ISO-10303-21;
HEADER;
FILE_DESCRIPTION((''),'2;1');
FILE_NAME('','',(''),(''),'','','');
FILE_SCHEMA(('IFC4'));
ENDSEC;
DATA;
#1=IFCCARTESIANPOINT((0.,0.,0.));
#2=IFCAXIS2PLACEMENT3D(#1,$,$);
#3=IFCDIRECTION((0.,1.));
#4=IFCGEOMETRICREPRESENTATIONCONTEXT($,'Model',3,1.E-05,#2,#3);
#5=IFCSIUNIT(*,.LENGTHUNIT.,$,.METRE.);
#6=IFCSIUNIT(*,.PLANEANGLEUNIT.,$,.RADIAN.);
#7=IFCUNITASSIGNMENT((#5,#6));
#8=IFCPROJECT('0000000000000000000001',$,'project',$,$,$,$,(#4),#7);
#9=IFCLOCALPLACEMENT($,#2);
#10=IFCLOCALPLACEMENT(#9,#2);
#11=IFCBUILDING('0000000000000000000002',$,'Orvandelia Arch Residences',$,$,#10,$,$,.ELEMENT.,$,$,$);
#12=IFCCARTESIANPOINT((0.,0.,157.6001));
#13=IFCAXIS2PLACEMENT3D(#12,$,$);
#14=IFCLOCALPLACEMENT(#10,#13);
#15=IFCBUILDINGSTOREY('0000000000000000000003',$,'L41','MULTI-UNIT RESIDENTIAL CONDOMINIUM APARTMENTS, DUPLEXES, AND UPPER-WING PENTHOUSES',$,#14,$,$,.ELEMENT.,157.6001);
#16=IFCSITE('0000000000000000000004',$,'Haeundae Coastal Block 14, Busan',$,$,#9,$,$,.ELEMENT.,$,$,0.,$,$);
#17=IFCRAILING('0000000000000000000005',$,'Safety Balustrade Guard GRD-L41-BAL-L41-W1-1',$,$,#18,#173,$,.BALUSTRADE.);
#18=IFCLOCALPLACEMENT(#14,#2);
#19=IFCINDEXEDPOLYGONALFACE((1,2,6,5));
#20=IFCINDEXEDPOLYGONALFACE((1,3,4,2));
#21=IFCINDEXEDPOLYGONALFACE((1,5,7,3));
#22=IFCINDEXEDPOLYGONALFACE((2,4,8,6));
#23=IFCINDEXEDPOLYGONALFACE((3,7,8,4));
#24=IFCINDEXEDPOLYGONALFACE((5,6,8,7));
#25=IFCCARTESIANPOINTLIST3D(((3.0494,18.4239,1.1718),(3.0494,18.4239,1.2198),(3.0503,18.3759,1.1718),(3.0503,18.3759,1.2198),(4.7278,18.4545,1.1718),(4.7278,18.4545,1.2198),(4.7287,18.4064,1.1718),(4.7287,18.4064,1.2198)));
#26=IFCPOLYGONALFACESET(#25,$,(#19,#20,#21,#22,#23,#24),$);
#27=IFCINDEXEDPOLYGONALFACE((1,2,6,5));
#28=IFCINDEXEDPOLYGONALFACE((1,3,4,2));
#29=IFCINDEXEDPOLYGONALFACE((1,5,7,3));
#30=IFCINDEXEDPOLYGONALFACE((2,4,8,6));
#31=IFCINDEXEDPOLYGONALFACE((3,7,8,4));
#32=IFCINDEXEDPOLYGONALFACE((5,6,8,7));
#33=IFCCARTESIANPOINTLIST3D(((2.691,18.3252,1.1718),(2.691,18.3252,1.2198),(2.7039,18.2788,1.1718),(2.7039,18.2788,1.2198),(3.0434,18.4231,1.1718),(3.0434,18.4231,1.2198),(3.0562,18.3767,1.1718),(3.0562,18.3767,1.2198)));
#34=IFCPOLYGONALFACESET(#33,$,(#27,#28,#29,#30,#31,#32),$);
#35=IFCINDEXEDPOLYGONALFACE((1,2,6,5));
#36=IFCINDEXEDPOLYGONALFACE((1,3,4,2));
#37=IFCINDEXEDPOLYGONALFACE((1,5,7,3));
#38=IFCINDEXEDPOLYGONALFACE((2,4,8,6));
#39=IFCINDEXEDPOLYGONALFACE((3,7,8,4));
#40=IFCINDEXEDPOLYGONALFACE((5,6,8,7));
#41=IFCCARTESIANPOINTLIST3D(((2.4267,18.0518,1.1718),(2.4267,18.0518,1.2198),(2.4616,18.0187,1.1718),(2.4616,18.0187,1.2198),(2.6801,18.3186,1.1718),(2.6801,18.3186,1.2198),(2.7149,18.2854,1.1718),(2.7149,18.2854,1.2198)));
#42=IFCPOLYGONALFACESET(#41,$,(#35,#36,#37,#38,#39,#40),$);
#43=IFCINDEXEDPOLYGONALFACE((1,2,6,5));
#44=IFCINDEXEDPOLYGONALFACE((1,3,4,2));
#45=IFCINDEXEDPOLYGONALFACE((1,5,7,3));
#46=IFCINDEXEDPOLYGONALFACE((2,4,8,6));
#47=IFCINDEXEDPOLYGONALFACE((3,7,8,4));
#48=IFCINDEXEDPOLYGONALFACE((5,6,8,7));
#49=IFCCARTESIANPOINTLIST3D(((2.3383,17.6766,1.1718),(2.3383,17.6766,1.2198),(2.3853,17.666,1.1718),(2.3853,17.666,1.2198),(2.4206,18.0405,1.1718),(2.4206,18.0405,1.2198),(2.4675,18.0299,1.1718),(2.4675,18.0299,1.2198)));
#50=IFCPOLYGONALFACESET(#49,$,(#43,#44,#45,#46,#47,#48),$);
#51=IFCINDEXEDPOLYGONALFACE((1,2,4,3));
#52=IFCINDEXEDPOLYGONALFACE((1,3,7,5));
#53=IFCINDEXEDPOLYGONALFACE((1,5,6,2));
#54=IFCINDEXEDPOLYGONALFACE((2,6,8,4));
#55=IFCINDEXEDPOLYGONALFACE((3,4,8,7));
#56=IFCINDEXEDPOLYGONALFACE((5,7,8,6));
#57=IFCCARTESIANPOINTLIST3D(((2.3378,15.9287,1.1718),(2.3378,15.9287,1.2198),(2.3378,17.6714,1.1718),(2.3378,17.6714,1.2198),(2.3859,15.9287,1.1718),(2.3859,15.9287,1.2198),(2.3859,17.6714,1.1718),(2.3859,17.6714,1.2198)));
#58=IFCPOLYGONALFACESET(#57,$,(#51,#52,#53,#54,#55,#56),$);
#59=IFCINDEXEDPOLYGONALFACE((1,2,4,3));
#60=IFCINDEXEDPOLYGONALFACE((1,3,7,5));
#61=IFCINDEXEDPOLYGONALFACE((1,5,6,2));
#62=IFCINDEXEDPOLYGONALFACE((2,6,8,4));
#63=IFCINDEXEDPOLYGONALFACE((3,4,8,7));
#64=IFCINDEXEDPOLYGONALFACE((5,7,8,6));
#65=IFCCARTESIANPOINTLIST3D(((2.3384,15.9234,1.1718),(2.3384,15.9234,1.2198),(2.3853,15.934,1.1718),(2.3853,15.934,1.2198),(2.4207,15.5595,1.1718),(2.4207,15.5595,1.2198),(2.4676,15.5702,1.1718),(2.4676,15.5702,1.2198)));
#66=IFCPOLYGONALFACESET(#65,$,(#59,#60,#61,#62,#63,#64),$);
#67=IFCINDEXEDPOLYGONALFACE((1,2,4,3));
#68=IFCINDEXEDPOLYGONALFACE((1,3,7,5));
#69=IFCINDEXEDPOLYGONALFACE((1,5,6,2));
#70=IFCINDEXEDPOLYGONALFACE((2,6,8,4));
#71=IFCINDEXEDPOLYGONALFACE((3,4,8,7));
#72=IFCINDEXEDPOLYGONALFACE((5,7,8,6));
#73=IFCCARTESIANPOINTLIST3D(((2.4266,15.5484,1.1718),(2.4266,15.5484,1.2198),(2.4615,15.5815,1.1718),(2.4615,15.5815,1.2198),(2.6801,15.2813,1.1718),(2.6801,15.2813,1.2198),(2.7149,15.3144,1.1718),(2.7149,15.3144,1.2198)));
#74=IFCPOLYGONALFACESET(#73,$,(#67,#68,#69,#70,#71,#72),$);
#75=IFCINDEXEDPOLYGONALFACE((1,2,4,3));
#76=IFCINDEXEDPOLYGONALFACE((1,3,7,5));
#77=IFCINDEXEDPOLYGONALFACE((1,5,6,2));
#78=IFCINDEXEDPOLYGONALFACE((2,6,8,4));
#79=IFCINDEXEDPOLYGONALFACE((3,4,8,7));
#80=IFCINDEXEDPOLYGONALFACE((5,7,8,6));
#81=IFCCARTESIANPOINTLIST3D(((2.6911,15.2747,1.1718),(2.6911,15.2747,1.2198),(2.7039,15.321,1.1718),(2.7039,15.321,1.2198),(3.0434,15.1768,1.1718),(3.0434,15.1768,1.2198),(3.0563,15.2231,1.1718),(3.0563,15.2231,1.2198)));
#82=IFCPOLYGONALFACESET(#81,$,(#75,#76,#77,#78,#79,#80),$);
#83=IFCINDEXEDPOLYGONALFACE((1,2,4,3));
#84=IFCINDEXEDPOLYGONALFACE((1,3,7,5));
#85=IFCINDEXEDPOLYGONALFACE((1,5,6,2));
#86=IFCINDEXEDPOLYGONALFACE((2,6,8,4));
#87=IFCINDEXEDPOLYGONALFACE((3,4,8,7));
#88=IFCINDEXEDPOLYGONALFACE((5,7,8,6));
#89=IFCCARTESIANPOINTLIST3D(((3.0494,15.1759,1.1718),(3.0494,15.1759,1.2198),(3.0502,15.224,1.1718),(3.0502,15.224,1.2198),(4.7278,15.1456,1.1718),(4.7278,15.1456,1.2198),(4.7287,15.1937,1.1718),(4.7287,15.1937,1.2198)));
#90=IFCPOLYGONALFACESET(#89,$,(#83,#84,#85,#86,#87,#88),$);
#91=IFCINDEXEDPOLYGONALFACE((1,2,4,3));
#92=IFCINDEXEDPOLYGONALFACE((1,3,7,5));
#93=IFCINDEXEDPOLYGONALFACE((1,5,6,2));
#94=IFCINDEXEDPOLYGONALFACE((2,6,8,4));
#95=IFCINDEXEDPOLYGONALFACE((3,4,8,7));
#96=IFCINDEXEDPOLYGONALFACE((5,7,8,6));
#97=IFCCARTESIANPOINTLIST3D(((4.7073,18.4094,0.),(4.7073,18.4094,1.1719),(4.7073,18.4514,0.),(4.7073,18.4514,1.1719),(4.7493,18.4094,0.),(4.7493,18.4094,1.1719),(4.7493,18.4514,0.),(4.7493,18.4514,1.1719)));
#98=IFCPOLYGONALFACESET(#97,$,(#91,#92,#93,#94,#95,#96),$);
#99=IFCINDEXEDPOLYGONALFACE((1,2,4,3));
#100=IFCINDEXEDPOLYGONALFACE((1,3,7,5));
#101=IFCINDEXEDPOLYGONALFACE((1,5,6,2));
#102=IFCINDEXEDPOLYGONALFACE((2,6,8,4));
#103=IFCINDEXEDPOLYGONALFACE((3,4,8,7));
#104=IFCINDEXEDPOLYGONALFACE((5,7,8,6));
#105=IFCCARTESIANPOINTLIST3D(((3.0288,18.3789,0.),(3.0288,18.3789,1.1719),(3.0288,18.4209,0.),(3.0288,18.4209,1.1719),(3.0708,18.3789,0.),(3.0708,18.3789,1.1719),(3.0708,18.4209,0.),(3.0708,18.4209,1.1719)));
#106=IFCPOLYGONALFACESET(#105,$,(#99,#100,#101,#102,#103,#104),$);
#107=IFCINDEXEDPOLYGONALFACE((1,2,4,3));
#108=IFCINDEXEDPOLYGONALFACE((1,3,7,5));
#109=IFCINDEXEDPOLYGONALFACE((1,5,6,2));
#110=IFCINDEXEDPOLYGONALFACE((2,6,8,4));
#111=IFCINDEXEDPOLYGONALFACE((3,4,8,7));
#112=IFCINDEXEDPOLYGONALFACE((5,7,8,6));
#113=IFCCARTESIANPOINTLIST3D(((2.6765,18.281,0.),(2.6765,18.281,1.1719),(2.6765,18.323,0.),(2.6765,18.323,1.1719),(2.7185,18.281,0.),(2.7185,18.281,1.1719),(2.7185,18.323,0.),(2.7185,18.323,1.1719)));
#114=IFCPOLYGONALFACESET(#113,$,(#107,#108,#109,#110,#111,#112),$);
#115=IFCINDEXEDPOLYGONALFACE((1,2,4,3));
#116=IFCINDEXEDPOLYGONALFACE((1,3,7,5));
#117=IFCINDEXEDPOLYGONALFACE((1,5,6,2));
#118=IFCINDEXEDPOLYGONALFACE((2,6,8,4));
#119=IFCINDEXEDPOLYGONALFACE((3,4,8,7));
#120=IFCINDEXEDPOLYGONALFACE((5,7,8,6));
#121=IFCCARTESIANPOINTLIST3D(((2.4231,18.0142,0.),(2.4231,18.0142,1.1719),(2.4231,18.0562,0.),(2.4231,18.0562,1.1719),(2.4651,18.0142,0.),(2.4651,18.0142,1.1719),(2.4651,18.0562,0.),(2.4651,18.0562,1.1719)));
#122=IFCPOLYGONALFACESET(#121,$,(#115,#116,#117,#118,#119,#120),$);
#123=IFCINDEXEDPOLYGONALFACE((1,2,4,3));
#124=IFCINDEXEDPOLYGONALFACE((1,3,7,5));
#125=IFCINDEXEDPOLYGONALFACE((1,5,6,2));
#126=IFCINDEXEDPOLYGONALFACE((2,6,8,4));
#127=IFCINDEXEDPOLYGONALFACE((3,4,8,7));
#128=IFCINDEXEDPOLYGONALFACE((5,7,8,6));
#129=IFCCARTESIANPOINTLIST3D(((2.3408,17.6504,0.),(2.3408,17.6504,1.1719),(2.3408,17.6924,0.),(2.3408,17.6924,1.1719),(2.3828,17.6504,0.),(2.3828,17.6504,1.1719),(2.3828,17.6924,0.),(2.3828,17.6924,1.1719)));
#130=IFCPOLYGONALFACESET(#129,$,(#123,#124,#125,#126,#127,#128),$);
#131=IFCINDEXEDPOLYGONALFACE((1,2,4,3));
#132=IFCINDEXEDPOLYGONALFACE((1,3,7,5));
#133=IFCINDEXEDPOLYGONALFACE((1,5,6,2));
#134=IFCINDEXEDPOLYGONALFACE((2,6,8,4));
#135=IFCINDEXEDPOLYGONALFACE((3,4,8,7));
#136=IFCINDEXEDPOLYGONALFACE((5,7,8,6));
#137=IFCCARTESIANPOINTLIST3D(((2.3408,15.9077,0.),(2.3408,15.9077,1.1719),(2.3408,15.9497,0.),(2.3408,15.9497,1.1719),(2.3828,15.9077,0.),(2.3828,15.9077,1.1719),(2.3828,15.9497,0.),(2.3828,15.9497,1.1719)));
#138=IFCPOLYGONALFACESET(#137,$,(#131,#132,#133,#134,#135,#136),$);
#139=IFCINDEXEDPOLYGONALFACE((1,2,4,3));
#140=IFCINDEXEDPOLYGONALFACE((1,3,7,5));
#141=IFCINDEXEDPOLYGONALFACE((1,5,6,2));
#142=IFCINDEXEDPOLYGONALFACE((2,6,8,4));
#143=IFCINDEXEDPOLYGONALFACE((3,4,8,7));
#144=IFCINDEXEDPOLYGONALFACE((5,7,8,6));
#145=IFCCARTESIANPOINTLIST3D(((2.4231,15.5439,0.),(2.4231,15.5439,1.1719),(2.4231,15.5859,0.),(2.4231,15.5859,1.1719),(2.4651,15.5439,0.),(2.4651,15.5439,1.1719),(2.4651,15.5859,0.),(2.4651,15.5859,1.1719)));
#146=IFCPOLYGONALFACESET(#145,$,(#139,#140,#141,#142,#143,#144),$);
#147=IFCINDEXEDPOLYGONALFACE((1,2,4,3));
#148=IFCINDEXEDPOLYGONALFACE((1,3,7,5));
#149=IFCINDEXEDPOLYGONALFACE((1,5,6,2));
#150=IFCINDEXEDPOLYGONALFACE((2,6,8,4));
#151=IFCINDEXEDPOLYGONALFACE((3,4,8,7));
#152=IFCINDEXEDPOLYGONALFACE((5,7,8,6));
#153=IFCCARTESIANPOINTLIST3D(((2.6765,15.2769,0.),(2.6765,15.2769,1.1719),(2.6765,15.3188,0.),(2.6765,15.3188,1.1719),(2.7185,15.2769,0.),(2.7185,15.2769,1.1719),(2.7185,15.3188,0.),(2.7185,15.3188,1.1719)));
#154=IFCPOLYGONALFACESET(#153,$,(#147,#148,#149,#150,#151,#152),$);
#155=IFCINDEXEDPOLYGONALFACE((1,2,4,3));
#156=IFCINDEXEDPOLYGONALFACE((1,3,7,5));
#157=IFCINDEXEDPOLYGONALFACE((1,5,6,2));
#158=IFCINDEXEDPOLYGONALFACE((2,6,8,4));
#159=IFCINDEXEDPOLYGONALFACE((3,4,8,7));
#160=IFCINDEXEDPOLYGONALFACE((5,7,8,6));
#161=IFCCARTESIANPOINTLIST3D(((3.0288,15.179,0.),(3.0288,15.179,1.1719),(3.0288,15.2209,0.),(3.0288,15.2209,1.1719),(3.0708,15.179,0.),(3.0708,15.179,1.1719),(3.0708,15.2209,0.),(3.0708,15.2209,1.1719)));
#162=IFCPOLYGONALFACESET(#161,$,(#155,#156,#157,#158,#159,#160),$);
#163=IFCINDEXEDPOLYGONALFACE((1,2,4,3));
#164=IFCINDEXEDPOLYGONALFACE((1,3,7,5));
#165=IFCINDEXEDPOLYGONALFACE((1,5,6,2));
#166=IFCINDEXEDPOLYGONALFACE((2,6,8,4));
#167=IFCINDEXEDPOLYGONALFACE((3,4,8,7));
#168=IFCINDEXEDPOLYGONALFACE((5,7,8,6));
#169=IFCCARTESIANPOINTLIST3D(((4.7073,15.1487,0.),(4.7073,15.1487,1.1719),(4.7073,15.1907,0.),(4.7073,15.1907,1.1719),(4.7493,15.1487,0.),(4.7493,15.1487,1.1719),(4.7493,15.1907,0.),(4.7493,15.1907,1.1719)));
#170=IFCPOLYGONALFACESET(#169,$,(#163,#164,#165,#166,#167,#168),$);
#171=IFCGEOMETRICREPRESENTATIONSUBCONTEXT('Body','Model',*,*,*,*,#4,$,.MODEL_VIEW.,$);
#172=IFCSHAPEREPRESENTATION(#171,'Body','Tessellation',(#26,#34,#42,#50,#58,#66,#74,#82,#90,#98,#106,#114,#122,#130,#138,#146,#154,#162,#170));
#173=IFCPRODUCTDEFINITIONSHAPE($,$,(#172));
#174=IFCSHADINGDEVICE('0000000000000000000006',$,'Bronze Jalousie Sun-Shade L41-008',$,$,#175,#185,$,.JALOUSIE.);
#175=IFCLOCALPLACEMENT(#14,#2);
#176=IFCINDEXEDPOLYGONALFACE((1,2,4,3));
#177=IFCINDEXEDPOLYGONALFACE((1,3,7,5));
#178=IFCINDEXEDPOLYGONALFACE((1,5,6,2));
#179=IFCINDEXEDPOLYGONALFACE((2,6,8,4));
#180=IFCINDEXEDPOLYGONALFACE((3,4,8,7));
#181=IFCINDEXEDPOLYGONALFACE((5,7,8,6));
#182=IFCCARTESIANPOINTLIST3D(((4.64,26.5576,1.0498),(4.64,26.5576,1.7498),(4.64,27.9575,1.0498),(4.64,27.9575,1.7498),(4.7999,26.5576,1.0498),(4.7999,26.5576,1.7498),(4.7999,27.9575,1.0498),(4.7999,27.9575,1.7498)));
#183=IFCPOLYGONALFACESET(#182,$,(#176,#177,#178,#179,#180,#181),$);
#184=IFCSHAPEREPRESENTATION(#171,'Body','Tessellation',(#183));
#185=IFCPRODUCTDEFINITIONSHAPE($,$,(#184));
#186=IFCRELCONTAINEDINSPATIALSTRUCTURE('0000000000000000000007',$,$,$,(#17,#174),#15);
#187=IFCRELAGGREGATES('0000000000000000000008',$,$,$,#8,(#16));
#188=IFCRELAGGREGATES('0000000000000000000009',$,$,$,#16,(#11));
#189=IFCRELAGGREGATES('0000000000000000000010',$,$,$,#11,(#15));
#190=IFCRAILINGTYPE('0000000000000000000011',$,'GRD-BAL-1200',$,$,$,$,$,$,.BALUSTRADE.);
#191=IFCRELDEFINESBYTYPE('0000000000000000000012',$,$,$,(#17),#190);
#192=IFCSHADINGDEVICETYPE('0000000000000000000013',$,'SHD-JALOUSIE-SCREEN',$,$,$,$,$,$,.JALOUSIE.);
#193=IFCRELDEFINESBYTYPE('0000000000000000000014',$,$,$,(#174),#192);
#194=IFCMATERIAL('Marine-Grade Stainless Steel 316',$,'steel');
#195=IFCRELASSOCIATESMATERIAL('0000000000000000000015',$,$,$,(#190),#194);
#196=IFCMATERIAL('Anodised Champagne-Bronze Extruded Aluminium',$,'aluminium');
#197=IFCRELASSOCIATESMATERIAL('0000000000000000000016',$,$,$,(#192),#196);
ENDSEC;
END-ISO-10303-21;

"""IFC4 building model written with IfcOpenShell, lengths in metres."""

from ifc_helpers import new_model, si_unit, direction, frame, origin, origin_2d, place, context, subcontext, project, spatial, rectangle, extrude, material, type_object, element, save


model = new_model("IFC4")

# Units and contexts
model_context = context("Model", 3, precision=1e-05, world=origin(), true_north=direction((0.0, 1.0)))
body_context = subcontext(model_context, "Body", "Model", "MODEL_VIEW")
ifc_project = project(units=[si_unit("LENGTHUNIT", "METRE"), si_unit("PLANEANGLEUNIT", "RADIAN")], contexts=[model_context])

# Site, building, storey
site_placement = place(None, origin())
site = spatial("IfcSite", under=ifc_project, at=site_placement, Name="Haeundae Coastal Block 14, Busan", CompositionType="ELEMENT", RefElevation=0.0)
building_placement = place(site_placement, origin())
building = spatial("IfcBuilding", under=site, at=building_placement, Name="Orvandelia Arch Residences", CompositionType="ELEMENT")
storey_placement = place(building_placement, frame((0.0, 0.0, 157.6001)))
storey = spatial("IfcBuildingStorey", under=building, at=storey_placement, Name="L41", Description="MULTI-UNIT RESIDENTIAL CONDOMINIUM APARTMENTS, DUPLEXES, AND UPPER-WING PENTHOUSES", CompositionType="ELEMENT", Elevation=157.6001)

# Railing
ifc_material_1 = material(Name="Marine-Grade Stainless Steel 316", Category="steel")
railing_type = type_object("IfcRailingType", Name="GRD-BAL-1200", PredefinedType="BALUSTRADE", material=ifc_material_1)
railing_placement = place(storey_placement, frame((4.7283, 18.4304, 0.0)))
element("IfcRailing", 1, at=railing_placement, inside=storey, type_object=railing_type, Name="Safety Balustrade Guard GRD-L41-BAL-L41-W1-1", PredefinedType="BALUSTRADE", context=body_context, shape_type="SweptSolid", body=[
    extrude(rectangle(XDim=0.0481, YDim=0.0481, at=origin_2d()), frame((0.0, 0.0, 1.1958), z_axis=(-0.999835, -0.018179, 0.0), x_axis=(0.018179, -0.999835, 0.0)), (0.0, 0.0, 1.0), 1.6787),
    extrude(rectangle(XDim=0.0481, YDim=0.0481, at=origin_2d()), frame((-1.6785, -0.0305, 1.1958), z_axis=(-0.963489, -0.267747, 0.0), x_axis=(0.267747, -0.963489, 0.0)), (0.0, 0.0, 1.0), 0.3657),
    extrude(rectangle(XDim=0.0481, YDim=0.0481, at=origin_2d()), frame((-2.0308, -0.1284, 1.1958), z_axis=(-0.688627, -0.725115, 0.0), x_axis=(0.725115, -0.688627, 0.0)), (0.0, 0.0, 1.0), 0.3679),
    extrude(rectangle(XDim=0.0481, YDim=0.0481, at=origin_2d()), frame((-2.2842, -0.3953, 1.1958), z_axis=(-0.220602, -0.975364, 0.0), x_axis=(0.975364, -0.220602, 0.0)), (0.0, 0.0, 1.0), 0.373),
    extrude(rectangle(XDim=0.0481, YDim=0.0481, at=origin_2d()), frame((-2.3665, -0.759, 1.1958), z_axis=(0.0, -1.0, 0.0), x_axis=(1.0, 0.0, 0.0)), (0.0, 0.0, 1.0), 1.7427),
    extrude(rectangle(XDim=0.0481, YDim=0.0481, at=origin_2d()), frame((-2.3665, -2.5017, 1.1958), z_axis=(0.220602, -0.975364, 0.0), x_axis=(0.975364, 0.220602, 0.0)), (0.0, 0.0, 1.0), 0.373),
    extrude(rectangle(XDim=0.0481, YDim=0.0481, at=origin_2d()), frame((-2.2842, -2.8655, 1.1958), z_axis=(0.688296, -0.72543, 0.0), x_axis=(0.72543, 0.688296, 0.0)), (0.0, 0.0, 1.0), 0.3682),
    extrude(rectangle(XDim=0.0481, YDim=0.0481, at=origin_2d()), frame((-2.0308, -3.1326, 1.1958), z_axis=(0.963489, -0.267747, 0.0), x_axis=(0.267747, 0.963489, 0.0)), (0.0, 0.0, 1.0), 0.3657),
    extrude(rectangle(XDim=0.0481, YDim=0.0481, at=origin_2d()), frame((-1.6785, -3.2305, 1.1958), z_axis=(0.999837, -0.018033, 0.0), x_axis=(0.018033, 0.999837, 0.0)), (0.0, 0.0, 1.0), 1.6787),
    extrude(rectangle(XDim=0.042, YDim=0.042, at=origin_2d()), origin(), (0.0, 0.0, 1.0), 1.1719),
    extrude(rectangle(XDim=0.042, YDim=0.042, at=origin_2d()), frame((-1.6785, -0.0305, 0.0)), (0.0, 0.0, 1.0), 1.1719),
    extrude(rectangle(XDim=0.042, YDim=0.042, at=origin_2d()), frame((-2.0308, -0.1284, 0.0)), (0.0, 0.0, 1.0), 1.1719),
    extrude(rectangle(XDim=0.042, YDim=0.042, at=origin_2d()), frame((-2.2842, -0.3953, 0.0)), (0.0, 0.0, 1.0), 1.1719),
    extrude(rectangle(XDim=0.042, YDim=0.042, at=origin_2d()), frame((-2.3665, -0.759, 0.0)), (0.0, 0.0, 1.0), 1.1719),
    extrude(rectangle(XDim=0.042, YDim=0.042, at=origin_2d()), frame((-2.3665, -2.5017, 0.0)), (0.0, 0.0, 1.0), 1.1719),
    extrude(rectangle(XDim=0.042, YDim=0.042, at=origin_2d()), frame((-2.2842, -2.8655, 0.0)), (0.0, 0.0, 1.0), 1.1719),
    extrude(rectangle(XDim=0.042, YDim=0.042, at=origin_2d()), frame((-2.0308, -3.1326, 0.0)), (0.0, 0.0, 1.0), 1.1719),
    extrude(rectangle(XDim=0.042, YDim=0.042, at=origin_2d()), frame((-1.6785, -3.2305, 0.0)), (0.0, 0.0, 1.0), 1.1719),
    extrude(rectangle(XDim=0.042, YDim=0.042, at=origin_2d()), frame((0.0, -3.2607, 0.0)), (0.0, 0.0, 1.0), 1.1719),
])

# Shading device
ifc_material_2 = material(Name="Anodised Champagne-Bronze Extruded Aluminium", Category="aluminium")
shading_device_type = type_object("IfcShadingDeviceType", Name="SHD-JALOUSIE-SCREEN", PredefinedType="JALOUSIE", material=ifc_material_2)
shading_device_placement = place(storey_placement, frame((4.72, 27.2576, 1.0498), z_axis=(0.0, 0.0, 1.0), x_axis=(0.0, 1.0, 0.0)))
element("IfcShadingDevice", 2, at=shading_device_placement, inside=storey, type_object=shading_device_type, Name="Bronze Jalousie Sun-Shade L41-008", PredefinedType="JALOUSIE", context=body_context, shape_type="SweptSolid", body=[
    extrude(rectangle(XDim=1.3999, YDim=0.1599, at=origin_2d()), origin(), (0.0, 0.0, 1.0), 0.7),
])

save(model, "model.ifc")
